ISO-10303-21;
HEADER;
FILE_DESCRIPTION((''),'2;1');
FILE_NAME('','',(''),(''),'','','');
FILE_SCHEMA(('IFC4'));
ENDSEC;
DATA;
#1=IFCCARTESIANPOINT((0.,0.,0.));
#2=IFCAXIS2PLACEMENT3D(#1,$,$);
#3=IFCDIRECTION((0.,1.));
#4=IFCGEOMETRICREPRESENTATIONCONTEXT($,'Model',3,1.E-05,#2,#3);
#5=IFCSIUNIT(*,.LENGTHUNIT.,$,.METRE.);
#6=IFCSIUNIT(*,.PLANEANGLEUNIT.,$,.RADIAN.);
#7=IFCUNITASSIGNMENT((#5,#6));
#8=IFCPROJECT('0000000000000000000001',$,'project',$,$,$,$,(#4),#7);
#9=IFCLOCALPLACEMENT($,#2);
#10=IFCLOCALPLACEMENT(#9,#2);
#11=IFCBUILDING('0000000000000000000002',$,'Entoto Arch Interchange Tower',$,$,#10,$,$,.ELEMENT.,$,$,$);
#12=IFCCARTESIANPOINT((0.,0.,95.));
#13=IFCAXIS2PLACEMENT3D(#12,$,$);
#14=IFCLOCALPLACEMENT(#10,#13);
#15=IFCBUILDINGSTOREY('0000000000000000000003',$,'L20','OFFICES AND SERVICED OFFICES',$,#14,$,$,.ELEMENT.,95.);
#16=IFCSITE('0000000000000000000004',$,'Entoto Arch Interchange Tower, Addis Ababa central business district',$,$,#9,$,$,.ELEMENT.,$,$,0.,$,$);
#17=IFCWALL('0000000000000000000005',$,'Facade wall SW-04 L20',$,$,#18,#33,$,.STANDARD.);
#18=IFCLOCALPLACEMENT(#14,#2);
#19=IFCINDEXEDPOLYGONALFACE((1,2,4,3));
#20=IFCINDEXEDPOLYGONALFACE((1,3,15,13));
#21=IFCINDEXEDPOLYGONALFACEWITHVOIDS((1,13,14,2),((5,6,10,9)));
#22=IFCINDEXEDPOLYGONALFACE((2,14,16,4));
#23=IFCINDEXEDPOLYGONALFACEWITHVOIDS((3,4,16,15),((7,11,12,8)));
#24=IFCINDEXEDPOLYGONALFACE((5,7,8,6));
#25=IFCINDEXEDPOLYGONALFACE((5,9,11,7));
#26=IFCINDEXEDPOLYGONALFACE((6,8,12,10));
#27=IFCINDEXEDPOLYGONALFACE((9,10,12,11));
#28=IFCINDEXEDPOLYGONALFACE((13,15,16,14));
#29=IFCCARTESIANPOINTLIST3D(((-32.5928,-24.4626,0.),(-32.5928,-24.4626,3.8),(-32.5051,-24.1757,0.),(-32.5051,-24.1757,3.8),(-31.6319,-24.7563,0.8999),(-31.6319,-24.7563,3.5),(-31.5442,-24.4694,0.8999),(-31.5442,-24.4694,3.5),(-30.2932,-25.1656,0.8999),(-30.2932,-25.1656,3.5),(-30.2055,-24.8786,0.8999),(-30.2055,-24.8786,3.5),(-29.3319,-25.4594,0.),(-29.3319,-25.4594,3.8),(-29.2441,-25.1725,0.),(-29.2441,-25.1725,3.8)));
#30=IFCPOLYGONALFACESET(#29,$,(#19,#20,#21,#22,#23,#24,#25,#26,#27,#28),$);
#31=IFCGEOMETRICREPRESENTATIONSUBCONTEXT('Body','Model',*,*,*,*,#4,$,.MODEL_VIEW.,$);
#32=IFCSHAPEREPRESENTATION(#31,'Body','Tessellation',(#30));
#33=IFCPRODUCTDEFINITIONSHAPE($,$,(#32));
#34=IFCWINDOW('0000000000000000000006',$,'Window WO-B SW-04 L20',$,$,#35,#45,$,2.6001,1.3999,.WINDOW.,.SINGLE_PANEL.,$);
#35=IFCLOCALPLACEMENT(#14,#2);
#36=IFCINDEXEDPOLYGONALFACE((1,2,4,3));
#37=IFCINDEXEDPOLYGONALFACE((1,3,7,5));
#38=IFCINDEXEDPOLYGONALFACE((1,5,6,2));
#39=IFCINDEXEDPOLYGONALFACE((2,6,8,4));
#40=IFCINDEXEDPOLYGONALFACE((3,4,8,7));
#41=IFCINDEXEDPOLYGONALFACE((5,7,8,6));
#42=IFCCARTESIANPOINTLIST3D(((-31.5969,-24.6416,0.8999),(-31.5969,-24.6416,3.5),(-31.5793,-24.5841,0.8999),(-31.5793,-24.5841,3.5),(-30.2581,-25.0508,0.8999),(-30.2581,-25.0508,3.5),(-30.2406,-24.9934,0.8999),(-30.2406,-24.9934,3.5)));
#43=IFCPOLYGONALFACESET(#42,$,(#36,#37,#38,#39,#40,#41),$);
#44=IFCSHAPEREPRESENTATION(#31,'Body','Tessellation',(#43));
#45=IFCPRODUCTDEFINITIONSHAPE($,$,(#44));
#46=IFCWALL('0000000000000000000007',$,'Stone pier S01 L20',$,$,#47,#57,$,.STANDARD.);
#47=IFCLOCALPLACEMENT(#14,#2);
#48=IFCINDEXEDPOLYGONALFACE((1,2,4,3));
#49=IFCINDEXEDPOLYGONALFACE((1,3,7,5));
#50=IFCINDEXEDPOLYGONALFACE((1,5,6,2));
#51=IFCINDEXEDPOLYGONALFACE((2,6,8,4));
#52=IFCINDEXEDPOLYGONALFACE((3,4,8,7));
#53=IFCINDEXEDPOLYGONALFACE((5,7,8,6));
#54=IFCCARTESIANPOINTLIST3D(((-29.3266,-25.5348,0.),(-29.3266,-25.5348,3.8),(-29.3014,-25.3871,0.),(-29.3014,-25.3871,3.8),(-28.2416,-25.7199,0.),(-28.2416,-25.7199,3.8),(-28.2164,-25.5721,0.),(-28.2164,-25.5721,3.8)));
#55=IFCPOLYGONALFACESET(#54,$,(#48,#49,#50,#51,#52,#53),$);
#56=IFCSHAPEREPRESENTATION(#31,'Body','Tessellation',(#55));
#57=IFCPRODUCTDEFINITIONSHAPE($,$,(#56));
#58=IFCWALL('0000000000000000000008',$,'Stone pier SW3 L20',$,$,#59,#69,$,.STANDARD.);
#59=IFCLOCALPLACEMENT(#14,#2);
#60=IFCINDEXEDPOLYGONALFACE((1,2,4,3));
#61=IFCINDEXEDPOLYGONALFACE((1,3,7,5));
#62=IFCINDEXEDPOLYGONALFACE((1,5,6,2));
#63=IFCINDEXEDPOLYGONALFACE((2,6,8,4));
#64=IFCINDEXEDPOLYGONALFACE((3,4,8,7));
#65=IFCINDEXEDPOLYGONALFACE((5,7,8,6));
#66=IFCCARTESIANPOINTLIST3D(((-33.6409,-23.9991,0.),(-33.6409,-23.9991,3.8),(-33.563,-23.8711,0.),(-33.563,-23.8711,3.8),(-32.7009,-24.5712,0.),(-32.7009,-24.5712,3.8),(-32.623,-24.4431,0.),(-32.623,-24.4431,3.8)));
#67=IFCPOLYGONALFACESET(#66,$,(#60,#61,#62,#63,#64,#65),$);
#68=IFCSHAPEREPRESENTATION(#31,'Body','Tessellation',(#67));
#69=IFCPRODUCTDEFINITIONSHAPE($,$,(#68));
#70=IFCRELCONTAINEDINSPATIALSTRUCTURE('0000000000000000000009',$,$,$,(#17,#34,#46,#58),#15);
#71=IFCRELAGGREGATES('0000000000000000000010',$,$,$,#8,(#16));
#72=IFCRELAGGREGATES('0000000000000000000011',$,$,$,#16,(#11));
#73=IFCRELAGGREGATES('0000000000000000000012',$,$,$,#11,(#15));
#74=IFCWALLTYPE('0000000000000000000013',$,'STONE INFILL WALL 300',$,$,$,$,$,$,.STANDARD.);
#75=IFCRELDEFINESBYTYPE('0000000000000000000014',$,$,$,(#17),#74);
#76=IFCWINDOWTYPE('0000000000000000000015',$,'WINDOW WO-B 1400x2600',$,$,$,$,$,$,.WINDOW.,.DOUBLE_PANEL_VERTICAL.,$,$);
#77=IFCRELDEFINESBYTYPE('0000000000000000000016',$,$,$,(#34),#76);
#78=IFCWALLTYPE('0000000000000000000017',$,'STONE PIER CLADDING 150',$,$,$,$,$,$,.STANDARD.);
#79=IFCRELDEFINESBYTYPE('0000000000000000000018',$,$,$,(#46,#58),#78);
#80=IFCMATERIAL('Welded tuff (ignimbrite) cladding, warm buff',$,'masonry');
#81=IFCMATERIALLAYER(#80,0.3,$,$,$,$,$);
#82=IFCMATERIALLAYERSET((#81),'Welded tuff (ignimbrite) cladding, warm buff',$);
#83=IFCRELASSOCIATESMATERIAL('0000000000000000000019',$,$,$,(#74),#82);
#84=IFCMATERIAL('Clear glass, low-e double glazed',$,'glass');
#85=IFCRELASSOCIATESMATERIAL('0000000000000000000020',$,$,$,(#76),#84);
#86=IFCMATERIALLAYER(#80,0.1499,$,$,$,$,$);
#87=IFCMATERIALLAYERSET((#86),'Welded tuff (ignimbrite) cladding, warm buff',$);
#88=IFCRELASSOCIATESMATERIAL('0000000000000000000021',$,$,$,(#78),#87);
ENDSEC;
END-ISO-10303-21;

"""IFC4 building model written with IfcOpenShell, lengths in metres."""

from ifc_helpers import new_model, si_unit, direction, frame, frame_2d, origin, place, context, subcontext, project, spatial, rectangle, extrude, material, layer, layer_set, type_object, element, fill, save


model = new_model("IFC4")

# Units and contexts
model_context = context("Model", 3, precision=1e-05, world=origin(), true_north=direction((0.0, 1.0)))
body_context = subcontext(model_context, "Body", "Model", "MODEL_VIEW")
ifc_project = project(units=[si_unit("LENGTHUNIT", "METRE"), si_unit("PLANEANGLEUNIT", "RADIAN")], contexts=[model_context])

# Site, building, storey
site_placement = place(None, origin())
site = spatial("IfcSite", under=ifc_project, at=site_placement, Name="Entoto Arch Interchange Tower, Addis Ababa central business district", CompositionType="ELEMENT", RefElevation=0.0)
building_placement = place(site_placement, origin())
building = spatial("IfcBuilding", under=site, at=building_placement, Name="Entoto Arch Interchange Tower", CompositionType="ELEMENT")
storey_placement = place(building_placement, frame((0.0, 0.0, 95.0)))
storey = spatial("IfcBuildingStorey", under=building, at=storey_placement, Name="L20", Description="OFFICES AND SERVICED OFFICES", CompositionType="ELEMENT", Elevation=95.0)

# Shared definitions
ifc_material_1 = material(Name="Welded tuff (ignimbrite) cladding, warm buff", Category="masonry")
ifc_layer_1 = layer(ifc_material_1, 0.3)
ifc_layer_set_1 = layer_set([ifc_layer_1], Name="Welded tuff (ignimbrite) cladding, warm buff")
wall_type_1 = type_object("IfcWallType", Name="STONE INFILL WALL 300", PredefinedType="STANDARD", material=ifc_layer_set_1)
ifc_material_2 = material(Name="Clear glass, low-e double glazed", Category="glass")

# Wall, opening, window
window_type_1 = type_object("IfcWindowType", Name="WINDOW WO-B 1400x2600", PartitioningType="DOUBLE_PANEL_VERTICAL", PredefinedType="WINDOW", material=ifc_material_2)
wall_1_placement = place(storey_placement, frame((-32.5491, -24.3191, 0.0), z_axis=(0.0, 0.0, 1.0), x_axis=(0.956318, -0.292329, 0.0)))
wall_1 = element("IfcWall", 1, at=wall_1_placement, inside=storey, type_object=wall_type_1, Name="Facade wall SW-04 L20", PredefinedType="STANDARD", context=body_context, shape_type="SweptSolid", body=[
    extrude(rectangle(XDim=3.4099, YDim=0.3, at=frame_2d((1.7051, 0.0))), origin(), (0.0, 0.0, 1.0), 3.8),
])
opening_1_placement = place(wall_1_placement, frame((1.0049, 0.0, 0.8999)))
opening_1 = element("IfcOpeningElement", 2, at=opening_1_placement, cuts=wall_1, PredefinedType="OPENING", context=body_context, shape_type="SweptSolid", body=[
    extrude(rectangle(XDim=1.3999, YDim=2.6001, at=frame_2d((0.7, 1.3))), frame((0.0, 0.1602, 0.0), z_axis=(0.0, -1.0, 0.0), x_axis=(1.0, 0.0, 0.0)), (0.0, 0.0, 1.0), 0.3201),
])
window_1_placement = place(opening_1_placement, origin())
window_1 = element("IfcWindow", 3, at=window_1_placement, inside=storey, type_object=window_type_1, Name="Window WO-B SW-04 L20", OverallHeight=2.6001, OverallWidth=1.3999, PartitioningType="SINGLE_PANEL", PredefinedType="WINDOW", context=body_context, shape_type="SweptSolid", body=[
    extrude(rectangle(XDim=1.3999, YDim=2.6001, at=frame_2d((0.7, 1.3))), frame((0.0, 0.03, 0.0), z_axis=(0.0, -1.0, 0.0), x_axis=(1.0, 0.0, 0.0)), (0.0, 0.0, 1.0), 0.0601),
])
fill(opening_1, window_1)

# Walls
ifc_layer_2 = layer(ifc_material_1, 0.1499)
ifc_layer_set_2 = layer_set([ifc_layer_2], Name="Welded tuff (ignimbrite) cladding, warm buff")
wall_type_2 = type_object("IfcWallType", Name="STONE PIER CLADDING 150", PredefinedType="STANDARD", material=ifc_layer_set_2)
wall_2_placement = place(storey_placement, frame((-29.314, -25.4609, 0.0), z_axis=(0.0, 0.0, 1.0), x_axis=(0.985763, -0.168139, 0.0)))
element("IfcWall", 4, at=wall_2_placement, inside=storey, type_object=wall_type_2, Name="Stone pier S01 L20", PredefinedType="STANDARD", context=body_context, shape_type="SweptSolid", body=[
    extrude(rectangle(XDim=1.1006, YDim=0.1499, at=frame_2d((0.5503, 0.0))), origin(), (0.0, 0.0, 1.0), 3.8),
])
wall_3_placement = place(storey_placement, frame((-33.6021, -23.9351, 0.0), z_axis=(0.0, 0.0, 1.0), x_axis=(0.854246, -0.51987, 0.0)))
element("IfcWall", 5, at=wall_3_placement, inside=storey, type_object=wall_type_2, Name="Stone pier SW3 L20", PredefinedType="STANDARD", context=body_context, shape_type="SweptSolid", body=[
    extrude(rectangle(XDim=1.1003, YDim=0.1499, at=frame_2d((0.5503, 0.0))), origin(), (0.0, 0.0, 1.0), 3.8),
])

save(model, "model.ifc")
